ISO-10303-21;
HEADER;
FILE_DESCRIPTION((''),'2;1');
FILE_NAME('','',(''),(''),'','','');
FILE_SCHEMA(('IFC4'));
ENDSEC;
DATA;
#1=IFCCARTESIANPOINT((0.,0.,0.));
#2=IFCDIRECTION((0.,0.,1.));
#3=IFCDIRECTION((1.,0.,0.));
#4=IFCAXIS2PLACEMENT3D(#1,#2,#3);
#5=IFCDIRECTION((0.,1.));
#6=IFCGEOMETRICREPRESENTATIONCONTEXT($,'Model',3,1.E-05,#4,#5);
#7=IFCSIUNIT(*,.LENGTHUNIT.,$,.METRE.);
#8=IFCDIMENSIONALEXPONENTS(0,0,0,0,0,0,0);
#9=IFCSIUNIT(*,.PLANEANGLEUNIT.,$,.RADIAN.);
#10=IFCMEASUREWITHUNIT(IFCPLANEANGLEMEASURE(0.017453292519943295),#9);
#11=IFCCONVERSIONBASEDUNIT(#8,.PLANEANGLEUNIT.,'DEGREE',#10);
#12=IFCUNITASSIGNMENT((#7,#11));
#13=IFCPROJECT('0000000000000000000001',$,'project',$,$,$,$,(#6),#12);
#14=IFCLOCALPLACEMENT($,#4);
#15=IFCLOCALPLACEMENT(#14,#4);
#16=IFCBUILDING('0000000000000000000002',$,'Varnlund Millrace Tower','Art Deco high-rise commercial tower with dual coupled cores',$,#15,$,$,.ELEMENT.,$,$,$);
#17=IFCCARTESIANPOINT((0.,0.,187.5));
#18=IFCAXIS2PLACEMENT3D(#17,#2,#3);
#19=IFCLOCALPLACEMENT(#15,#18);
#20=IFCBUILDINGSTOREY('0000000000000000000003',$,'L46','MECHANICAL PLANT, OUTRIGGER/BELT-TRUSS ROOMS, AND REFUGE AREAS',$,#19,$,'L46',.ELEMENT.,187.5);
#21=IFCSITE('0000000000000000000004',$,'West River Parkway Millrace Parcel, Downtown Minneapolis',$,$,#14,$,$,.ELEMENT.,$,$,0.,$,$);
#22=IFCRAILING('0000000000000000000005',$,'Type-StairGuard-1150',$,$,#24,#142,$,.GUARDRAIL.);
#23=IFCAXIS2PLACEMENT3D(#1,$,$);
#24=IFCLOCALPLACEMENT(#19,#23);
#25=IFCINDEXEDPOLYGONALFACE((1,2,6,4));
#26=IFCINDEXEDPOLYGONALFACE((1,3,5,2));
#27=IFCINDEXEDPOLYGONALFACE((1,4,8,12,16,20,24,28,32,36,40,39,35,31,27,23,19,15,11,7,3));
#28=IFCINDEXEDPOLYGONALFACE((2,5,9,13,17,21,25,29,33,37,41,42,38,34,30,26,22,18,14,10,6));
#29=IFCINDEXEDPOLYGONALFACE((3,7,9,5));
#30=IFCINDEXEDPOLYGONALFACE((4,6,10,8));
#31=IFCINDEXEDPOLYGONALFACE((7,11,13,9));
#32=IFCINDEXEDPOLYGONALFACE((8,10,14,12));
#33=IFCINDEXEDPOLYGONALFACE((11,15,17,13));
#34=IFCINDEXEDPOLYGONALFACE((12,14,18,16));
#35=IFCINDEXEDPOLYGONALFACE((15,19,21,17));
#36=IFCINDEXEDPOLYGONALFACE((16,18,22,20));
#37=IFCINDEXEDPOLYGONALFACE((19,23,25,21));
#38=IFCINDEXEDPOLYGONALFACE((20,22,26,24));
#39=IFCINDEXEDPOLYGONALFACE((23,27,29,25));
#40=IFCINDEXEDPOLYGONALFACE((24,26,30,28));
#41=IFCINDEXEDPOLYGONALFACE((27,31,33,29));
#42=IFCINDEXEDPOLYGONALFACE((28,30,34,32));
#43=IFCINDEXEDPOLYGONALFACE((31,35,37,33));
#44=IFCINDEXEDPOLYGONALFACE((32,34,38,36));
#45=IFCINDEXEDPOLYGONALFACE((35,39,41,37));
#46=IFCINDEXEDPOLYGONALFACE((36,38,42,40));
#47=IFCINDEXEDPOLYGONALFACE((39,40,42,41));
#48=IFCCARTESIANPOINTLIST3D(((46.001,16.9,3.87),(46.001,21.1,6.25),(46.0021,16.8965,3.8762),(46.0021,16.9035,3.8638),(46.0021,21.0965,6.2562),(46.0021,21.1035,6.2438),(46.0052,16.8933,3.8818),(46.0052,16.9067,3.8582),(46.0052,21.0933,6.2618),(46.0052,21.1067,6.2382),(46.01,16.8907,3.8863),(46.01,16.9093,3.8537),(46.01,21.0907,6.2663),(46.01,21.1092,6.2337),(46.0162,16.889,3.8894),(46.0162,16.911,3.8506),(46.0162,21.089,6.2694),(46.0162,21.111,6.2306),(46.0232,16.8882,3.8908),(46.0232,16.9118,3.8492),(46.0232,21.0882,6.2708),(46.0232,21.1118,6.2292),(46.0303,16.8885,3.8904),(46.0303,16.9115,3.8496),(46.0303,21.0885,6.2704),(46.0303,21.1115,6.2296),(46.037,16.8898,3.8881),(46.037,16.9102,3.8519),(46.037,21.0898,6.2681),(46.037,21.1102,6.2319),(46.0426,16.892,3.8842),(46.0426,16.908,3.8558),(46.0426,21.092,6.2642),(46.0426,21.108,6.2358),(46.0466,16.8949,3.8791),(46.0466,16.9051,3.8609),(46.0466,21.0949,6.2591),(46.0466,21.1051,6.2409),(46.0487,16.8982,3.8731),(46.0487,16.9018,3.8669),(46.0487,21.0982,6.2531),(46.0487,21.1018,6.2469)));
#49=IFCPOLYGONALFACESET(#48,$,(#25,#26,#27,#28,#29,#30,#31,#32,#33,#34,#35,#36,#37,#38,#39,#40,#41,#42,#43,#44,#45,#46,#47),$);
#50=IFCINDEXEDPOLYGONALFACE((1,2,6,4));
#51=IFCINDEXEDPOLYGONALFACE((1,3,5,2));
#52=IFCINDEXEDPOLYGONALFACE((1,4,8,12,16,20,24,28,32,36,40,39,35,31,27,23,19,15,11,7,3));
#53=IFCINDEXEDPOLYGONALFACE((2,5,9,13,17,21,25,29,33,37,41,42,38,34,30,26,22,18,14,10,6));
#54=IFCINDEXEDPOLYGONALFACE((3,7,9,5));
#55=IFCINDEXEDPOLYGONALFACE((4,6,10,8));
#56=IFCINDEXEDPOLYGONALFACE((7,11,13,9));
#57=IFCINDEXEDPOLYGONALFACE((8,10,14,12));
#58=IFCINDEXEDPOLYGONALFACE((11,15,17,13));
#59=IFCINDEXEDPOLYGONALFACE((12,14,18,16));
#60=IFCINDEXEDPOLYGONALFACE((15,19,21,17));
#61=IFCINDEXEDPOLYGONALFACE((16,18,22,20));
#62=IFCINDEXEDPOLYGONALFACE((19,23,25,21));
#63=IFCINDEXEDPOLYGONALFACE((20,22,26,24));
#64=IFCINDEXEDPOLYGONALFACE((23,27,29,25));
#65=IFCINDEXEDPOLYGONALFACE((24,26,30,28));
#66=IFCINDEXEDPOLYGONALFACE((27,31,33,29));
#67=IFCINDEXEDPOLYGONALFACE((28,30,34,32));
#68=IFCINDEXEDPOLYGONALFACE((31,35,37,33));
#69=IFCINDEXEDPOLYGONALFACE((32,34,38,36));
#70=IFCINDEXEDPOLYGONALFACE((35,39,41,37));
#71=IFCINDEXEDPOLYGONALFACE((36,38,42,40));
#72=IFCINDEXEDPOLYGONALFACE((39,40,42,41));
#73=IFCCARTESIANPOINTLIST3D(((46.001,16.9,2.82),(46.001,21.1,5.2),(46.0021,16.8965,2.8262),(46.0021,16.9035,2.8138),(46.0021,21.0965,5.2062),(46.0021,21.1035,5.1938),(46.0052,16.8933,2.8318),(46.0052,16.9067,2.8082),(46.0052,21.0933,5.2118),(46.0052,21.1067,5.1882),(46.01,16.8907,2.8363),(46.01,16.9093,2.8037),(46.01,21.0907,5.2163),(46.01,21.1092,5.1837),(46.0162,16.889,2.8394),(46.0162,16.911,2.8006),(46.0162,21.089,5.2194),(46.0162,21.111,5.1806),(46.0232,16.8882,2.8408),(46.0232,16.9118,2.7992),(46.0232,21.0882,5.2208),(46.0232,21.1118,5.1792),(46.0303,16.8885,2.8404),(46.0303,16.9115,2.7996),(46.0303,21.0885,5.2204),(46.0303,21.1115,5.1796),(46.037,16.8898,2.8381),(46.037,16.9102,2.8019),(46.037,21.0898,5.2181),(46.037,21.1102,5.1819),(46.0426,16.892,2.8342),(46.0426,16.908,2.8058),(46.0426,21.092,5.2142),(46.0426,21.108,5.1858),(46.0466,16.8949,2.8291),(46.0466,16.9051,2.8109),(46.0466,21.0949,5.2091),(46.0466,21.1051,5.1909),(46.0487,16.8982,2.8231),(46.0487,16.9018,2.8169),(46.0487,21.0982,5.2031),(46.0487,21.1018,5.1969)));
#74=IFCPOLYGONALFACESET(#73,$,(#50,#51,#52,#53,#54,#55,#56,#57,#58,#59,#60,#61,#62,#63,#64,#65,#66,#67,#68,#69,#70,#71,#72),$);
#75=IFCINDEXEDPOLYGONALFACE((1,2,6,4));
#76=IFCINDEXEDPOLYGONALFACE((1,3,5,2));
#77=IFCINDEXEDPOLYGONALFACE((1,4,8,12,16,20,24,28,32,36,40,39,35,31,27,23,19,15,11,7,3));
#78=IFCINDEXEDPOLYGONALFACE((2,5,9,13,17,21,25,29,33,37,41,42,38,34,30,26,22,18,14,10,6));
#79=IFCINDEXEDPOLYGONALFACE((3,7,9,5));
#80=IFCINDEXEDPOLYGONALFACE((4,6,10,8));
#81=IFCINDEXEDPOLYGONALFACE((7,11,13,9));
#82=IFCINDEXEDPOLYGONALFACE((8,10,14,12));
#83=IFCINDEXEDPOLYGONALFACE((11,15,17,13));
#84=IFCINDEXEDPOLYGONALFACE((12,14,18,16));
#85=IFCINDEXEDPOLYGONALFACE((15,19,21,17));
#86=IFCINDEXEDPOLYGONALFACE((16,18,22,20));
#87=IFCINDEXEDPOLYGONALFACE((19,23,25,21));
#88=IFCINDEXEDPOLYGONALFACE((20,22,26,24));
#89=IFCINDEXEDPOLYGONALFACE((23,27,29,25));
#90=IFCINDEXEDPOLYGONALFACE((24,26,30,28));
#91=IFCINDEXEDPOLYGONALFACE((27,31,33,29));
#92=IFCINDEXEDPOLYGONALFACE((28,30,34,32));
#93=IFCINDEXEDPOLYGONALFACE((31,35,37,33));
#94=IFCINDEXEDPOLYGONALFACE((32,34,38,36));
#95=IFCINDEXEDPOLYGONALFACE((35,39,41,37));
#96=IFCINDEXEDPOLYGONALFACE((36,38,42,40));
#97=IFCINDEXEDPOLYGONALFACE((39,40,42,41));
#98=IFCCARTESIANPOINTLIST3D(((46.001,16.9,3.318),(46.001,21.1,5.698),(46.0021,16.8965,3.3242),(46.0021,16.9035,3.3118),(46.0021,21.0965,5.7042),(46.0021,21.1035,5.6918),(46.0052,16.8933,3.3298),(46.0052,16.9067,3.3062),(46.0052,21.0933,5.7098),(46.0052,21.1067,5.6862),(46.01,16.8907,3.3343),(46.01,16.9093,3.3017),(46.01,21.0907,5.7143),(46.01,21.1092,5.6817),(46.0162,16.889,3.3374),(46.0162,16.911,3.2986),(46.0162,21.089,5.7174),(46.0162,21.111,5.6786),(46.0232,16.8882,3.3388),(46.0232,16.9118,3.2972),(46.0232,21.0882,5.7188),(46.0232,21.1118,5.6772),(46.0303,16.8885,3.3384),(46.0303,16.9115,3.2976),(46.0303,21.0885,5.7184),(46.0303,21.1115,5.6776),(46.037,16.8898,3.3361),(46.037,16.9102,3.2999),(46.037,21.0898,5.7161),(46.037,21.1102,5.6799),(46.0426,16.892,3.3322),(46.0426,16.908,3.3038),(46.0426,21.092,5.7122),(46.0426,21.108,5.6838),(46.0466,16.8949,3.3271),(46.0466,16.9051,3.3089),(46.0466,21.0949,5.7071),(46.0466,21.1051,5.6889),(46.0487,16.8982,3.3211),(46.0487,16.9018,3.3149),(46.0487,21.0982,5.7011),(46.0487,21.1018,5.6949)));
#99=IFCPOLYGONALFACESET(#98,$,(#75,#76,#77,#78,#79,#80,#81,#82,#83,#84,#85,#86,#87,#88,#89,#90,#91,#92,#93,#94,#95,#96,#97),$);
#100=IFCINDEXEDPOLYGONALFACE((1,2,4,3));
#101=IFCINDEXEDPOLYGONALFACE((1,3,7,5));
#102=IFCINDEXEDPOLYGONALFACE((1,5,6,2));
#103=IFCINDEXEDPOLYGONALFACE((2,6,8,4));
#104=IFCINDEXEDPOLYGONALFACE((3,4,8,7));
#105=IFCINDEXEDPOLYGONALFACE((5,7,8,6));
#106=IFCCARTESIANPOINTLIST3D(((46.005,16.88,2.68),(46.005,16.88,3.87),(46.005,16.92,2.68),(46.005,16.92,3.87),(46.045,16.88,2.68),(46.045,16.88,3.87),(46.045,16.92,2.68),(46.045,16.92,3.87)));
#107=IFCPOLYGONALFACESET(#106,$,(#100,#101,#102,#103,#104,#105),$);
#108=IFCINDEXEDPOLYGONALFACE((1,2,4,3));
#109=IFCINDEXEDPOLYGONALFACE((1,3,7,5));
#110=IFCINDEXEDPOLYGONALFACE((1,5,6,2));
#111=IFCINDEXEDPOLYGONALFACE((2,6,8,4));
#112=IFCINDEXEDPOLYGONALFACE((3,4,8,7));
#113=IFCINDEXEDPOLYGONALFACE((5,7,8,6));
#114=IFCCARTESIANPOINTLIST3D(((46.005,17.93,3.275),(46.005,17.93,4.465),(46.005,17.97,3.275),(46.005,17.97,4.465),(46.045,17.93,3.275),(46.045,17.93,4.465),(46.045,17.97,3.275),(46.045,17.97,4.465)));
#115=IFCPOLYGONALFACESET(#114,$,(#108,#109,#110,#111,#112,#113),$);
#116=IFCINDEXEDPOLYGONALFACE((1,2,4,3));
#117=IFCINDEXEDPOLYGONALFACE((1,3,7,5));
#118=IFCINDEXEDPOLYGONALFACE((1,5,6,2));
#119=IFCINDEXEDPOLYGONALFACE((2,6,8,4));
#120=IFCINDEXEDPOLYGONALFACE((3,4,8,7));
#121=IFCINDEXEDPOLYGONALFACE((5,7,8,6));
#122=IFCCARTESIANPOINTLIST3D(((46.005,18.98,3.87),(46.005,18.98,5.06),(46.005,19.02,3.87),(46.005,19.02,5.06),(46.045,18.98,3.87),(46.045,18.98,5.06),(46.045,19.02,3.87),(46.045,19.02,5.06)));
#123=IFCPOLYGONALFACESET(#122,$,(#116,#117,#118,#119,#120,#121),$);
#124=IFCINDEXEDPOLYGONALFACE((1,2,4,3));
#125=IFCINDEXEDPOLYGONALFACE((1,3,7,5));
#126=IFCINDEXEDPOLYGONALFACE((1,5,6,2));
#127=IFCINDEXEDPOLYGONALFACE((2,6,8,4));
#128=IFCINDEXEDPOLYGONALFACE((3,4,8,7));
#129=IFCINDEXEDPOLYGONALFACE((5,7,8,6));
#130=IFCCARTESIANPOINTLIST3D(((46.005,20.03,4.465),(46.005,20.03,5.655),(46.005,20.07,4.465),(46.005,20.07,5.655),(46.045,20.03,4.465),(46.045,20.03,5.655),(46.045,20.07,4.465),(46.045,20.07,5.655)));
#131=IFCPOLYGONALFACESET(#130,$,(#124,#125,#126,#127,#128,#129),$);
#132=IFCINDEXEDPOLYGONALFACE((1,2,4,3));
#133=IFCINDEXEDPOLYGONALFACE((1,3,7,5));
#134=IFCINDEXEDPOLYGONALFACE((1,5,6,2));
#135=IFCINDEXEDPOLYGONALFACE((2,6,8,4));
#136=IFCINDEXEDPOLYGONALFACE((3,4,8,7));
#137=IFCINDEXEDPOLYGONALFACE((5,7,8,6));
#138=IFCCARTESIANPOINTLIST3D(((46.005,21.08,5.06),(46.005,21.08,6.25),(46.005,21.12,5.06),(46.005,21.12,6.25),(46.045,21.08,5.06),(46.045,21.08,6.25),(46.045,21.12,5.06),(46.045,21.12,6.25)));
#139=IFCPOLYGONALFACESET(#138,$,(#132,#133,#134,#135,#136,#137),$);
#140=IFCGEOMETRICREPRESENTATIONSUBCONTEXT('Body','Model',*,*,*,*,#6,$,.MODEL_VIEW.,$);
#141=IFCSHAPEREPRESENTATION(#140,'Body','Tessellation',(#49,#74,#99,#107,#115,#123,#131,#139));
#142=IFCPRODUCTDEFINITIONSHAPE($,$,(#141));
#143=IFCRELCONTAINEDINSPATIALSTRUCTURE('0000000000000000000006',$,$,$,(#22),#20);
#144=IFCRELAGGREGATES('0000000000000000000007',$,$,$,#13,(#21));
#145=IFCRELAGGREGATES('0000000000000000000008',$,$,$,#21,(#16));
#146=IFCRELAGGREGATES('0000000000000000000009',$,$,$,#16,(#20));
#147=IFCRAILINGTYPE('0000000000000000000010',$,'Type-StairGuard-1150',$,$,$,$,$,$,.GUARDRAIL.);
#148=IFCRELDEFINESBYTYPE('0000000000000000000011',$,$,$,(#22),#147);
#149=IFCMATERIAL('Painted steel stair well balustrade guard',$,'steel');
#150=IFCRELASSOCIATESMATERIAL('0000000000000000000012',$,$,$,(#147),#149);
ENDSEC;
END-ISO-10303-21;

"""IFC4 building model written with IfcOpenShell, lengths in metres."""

from ifc_helpers import new_model, entity, si_unit, converted_unit, direction, frame, origin_with_axes, origin_2d_with_axis, place, context, subcontext, project, spatial, rectangle, circle, extrude, material, type_object, element, save


model = new_model("IFC4")

# Units and contexts
model_context = context("Model", 3, precision=1e-05, world=origin_with_axes(), true_north=direction((0.0, 1.0)))
body_context = subcontext(model_context, "Body", "Model", "MODEL_VIEW")
ifc_project = project(units=[si_unit("LENGTHUNIT", "METRE"), converted_unit("PLANEANGLEUNIT", "DEGREE", entity("IfcPlaneAngleMeasure", 0.017453292519943295), si_unit("PLANEANGLEUNIT", "RADIAN"), dimensions=[0, 0, 0, 0, 0, 0, 0])], contexts=[model_context])

# Site, building, storey
site_placement = place(None, origin_with_axes())
site = spatial("IfcSite", under=ifc_project, at=site_placement, Name="West River Parkway Millrace Parcel, Downtown Minneapolis", CompositionType="ELEMENT", RefElevation=0.0)
building_placement = place(site_placement, origin_with_axes())
building = spatial("IfcBuilding", under=site, at=building_placement, Name="Varnlund Millrace Tower", Description="Art Deco high-rise commercial tower with dual coupled cores", CompositionType="ELEMENT")
storey_placement = place(building_placement, frame((0.0, 0.0, 187.5), z_axis=(0.0, 0.0, 1.0), x_axis=(1.0, 0.0, 0.0)))
storey = spatial("IfcBuildingStorey", under=building, at=storey_placement, Name="L46", Description="MECHANICAL PLANT, OUTRIGGER/BELT-TRUSS ROOMS, AND REFUGE AREAS", LongName="L46", CompositionType="ELEMENT", Elevation=187.5)

# Railing
ifc_material_1 = material(Name="Painted steel stair well balustrade guard", Category="steel")
railing_type_1 = type_object("IfcRailingType", Name="Type-StairGuard-1150", PredefinedType="GUARDRAIL", material=ifc_material_1)
railing_1_placement = place(storey_placement, frame((0.0, 0.0, -187.5), z_axis=(0.0, 0.0, 1.0), x_axis=(1.0, 0.0, 0.0)))
element("IfcRailing", 1, at=railing_1_placement, inside=storey, type_object=railing_type_1, Name="Type-StairGuard-1150", PredefinedType="GUARDRAIL", context=body_context, shape_type="SweptSolid", body=[
    extrude(circle(Radius=0.024, at=origin_2d_with_axis()), frame((46.025, 16.9, 191.37), z_axis=(0.0, 0.870022, 0.493013), x_axis=(-1.0, 0.0, 0.0)), (0.0, 0.0, 1.0), 4.8275),
    extrude(circle(Radius=0.024, at=origin_2d_with_axis()), frame((46.025, 16.9, 190.32), z_axis=(0.0, 0.870022, 0.493013), x_axis=(-1.0, 0.0, 0.0)), (0.0, 0.0, 1.0), 4.8275),
    extrude(circle(Radius=0.024, at=origin_2d_with_axis()), frame((46.025, 16.9, 190.818), z_axis=(0.0, 0.870022, 0.493013), x_axis=(-1.0, 0.0, 0.0)), (0.0, 0.0, 1.0), 4.8275),
    extrude(rectangle(XDim=0.04, YDim=0.04, at=origin_2d_with_axis()), frame((46.025, 16.9, 190.18), z_axis=(0.0, 0.0, 1.0), x_axis=(1.0, 0.0, 0.0)), (0.0, 0.0, 1.0), 1.19),
    extrude(rectangle(XDim=0.04, YDim=0.04, at=origin_2d_with_axis()), frame((46.025, 17.95, 190.775), z_axis=(0.0, 0.0, 1.0), x_axis=(1.0, 0.0, 0.0)), (0.0, 0.0, 1.0), 1.19),
    extrude(rectangle(XDim=0.04, YDim=0.04, at=origin_2d_with_axis()), frame((46.025, 19.0, 191.37), z_axis=(0.0, 0.0, 1.0), x_axis=(1.0, 0.0, 0.0)), (0.0, 0.0, 1.0), 1.19),
    extrude(rectangle(XDim=0.04, YDim=0.04, at=origin_2d_with_axis()), frame((46.025, 20.05, 191.965), z_axis=(0.0, 0.0, 1.0), x_axis=(1.0, 0.0, 0.0)), (0.0, 0.0, 1.0), 1.19),
    extrude(rectangle(XDim=0.04, YDim=0.04, at=origin_2d_with_axis()), frame((46.025, 21.1, 192.56), z_axis=(0.0, 0.0, 1.0), x_axis=(1.0, 0.0, 0.0)), (0.0, 0.0, 1.0), 1.19),
])

save(model, "model.ifc")
